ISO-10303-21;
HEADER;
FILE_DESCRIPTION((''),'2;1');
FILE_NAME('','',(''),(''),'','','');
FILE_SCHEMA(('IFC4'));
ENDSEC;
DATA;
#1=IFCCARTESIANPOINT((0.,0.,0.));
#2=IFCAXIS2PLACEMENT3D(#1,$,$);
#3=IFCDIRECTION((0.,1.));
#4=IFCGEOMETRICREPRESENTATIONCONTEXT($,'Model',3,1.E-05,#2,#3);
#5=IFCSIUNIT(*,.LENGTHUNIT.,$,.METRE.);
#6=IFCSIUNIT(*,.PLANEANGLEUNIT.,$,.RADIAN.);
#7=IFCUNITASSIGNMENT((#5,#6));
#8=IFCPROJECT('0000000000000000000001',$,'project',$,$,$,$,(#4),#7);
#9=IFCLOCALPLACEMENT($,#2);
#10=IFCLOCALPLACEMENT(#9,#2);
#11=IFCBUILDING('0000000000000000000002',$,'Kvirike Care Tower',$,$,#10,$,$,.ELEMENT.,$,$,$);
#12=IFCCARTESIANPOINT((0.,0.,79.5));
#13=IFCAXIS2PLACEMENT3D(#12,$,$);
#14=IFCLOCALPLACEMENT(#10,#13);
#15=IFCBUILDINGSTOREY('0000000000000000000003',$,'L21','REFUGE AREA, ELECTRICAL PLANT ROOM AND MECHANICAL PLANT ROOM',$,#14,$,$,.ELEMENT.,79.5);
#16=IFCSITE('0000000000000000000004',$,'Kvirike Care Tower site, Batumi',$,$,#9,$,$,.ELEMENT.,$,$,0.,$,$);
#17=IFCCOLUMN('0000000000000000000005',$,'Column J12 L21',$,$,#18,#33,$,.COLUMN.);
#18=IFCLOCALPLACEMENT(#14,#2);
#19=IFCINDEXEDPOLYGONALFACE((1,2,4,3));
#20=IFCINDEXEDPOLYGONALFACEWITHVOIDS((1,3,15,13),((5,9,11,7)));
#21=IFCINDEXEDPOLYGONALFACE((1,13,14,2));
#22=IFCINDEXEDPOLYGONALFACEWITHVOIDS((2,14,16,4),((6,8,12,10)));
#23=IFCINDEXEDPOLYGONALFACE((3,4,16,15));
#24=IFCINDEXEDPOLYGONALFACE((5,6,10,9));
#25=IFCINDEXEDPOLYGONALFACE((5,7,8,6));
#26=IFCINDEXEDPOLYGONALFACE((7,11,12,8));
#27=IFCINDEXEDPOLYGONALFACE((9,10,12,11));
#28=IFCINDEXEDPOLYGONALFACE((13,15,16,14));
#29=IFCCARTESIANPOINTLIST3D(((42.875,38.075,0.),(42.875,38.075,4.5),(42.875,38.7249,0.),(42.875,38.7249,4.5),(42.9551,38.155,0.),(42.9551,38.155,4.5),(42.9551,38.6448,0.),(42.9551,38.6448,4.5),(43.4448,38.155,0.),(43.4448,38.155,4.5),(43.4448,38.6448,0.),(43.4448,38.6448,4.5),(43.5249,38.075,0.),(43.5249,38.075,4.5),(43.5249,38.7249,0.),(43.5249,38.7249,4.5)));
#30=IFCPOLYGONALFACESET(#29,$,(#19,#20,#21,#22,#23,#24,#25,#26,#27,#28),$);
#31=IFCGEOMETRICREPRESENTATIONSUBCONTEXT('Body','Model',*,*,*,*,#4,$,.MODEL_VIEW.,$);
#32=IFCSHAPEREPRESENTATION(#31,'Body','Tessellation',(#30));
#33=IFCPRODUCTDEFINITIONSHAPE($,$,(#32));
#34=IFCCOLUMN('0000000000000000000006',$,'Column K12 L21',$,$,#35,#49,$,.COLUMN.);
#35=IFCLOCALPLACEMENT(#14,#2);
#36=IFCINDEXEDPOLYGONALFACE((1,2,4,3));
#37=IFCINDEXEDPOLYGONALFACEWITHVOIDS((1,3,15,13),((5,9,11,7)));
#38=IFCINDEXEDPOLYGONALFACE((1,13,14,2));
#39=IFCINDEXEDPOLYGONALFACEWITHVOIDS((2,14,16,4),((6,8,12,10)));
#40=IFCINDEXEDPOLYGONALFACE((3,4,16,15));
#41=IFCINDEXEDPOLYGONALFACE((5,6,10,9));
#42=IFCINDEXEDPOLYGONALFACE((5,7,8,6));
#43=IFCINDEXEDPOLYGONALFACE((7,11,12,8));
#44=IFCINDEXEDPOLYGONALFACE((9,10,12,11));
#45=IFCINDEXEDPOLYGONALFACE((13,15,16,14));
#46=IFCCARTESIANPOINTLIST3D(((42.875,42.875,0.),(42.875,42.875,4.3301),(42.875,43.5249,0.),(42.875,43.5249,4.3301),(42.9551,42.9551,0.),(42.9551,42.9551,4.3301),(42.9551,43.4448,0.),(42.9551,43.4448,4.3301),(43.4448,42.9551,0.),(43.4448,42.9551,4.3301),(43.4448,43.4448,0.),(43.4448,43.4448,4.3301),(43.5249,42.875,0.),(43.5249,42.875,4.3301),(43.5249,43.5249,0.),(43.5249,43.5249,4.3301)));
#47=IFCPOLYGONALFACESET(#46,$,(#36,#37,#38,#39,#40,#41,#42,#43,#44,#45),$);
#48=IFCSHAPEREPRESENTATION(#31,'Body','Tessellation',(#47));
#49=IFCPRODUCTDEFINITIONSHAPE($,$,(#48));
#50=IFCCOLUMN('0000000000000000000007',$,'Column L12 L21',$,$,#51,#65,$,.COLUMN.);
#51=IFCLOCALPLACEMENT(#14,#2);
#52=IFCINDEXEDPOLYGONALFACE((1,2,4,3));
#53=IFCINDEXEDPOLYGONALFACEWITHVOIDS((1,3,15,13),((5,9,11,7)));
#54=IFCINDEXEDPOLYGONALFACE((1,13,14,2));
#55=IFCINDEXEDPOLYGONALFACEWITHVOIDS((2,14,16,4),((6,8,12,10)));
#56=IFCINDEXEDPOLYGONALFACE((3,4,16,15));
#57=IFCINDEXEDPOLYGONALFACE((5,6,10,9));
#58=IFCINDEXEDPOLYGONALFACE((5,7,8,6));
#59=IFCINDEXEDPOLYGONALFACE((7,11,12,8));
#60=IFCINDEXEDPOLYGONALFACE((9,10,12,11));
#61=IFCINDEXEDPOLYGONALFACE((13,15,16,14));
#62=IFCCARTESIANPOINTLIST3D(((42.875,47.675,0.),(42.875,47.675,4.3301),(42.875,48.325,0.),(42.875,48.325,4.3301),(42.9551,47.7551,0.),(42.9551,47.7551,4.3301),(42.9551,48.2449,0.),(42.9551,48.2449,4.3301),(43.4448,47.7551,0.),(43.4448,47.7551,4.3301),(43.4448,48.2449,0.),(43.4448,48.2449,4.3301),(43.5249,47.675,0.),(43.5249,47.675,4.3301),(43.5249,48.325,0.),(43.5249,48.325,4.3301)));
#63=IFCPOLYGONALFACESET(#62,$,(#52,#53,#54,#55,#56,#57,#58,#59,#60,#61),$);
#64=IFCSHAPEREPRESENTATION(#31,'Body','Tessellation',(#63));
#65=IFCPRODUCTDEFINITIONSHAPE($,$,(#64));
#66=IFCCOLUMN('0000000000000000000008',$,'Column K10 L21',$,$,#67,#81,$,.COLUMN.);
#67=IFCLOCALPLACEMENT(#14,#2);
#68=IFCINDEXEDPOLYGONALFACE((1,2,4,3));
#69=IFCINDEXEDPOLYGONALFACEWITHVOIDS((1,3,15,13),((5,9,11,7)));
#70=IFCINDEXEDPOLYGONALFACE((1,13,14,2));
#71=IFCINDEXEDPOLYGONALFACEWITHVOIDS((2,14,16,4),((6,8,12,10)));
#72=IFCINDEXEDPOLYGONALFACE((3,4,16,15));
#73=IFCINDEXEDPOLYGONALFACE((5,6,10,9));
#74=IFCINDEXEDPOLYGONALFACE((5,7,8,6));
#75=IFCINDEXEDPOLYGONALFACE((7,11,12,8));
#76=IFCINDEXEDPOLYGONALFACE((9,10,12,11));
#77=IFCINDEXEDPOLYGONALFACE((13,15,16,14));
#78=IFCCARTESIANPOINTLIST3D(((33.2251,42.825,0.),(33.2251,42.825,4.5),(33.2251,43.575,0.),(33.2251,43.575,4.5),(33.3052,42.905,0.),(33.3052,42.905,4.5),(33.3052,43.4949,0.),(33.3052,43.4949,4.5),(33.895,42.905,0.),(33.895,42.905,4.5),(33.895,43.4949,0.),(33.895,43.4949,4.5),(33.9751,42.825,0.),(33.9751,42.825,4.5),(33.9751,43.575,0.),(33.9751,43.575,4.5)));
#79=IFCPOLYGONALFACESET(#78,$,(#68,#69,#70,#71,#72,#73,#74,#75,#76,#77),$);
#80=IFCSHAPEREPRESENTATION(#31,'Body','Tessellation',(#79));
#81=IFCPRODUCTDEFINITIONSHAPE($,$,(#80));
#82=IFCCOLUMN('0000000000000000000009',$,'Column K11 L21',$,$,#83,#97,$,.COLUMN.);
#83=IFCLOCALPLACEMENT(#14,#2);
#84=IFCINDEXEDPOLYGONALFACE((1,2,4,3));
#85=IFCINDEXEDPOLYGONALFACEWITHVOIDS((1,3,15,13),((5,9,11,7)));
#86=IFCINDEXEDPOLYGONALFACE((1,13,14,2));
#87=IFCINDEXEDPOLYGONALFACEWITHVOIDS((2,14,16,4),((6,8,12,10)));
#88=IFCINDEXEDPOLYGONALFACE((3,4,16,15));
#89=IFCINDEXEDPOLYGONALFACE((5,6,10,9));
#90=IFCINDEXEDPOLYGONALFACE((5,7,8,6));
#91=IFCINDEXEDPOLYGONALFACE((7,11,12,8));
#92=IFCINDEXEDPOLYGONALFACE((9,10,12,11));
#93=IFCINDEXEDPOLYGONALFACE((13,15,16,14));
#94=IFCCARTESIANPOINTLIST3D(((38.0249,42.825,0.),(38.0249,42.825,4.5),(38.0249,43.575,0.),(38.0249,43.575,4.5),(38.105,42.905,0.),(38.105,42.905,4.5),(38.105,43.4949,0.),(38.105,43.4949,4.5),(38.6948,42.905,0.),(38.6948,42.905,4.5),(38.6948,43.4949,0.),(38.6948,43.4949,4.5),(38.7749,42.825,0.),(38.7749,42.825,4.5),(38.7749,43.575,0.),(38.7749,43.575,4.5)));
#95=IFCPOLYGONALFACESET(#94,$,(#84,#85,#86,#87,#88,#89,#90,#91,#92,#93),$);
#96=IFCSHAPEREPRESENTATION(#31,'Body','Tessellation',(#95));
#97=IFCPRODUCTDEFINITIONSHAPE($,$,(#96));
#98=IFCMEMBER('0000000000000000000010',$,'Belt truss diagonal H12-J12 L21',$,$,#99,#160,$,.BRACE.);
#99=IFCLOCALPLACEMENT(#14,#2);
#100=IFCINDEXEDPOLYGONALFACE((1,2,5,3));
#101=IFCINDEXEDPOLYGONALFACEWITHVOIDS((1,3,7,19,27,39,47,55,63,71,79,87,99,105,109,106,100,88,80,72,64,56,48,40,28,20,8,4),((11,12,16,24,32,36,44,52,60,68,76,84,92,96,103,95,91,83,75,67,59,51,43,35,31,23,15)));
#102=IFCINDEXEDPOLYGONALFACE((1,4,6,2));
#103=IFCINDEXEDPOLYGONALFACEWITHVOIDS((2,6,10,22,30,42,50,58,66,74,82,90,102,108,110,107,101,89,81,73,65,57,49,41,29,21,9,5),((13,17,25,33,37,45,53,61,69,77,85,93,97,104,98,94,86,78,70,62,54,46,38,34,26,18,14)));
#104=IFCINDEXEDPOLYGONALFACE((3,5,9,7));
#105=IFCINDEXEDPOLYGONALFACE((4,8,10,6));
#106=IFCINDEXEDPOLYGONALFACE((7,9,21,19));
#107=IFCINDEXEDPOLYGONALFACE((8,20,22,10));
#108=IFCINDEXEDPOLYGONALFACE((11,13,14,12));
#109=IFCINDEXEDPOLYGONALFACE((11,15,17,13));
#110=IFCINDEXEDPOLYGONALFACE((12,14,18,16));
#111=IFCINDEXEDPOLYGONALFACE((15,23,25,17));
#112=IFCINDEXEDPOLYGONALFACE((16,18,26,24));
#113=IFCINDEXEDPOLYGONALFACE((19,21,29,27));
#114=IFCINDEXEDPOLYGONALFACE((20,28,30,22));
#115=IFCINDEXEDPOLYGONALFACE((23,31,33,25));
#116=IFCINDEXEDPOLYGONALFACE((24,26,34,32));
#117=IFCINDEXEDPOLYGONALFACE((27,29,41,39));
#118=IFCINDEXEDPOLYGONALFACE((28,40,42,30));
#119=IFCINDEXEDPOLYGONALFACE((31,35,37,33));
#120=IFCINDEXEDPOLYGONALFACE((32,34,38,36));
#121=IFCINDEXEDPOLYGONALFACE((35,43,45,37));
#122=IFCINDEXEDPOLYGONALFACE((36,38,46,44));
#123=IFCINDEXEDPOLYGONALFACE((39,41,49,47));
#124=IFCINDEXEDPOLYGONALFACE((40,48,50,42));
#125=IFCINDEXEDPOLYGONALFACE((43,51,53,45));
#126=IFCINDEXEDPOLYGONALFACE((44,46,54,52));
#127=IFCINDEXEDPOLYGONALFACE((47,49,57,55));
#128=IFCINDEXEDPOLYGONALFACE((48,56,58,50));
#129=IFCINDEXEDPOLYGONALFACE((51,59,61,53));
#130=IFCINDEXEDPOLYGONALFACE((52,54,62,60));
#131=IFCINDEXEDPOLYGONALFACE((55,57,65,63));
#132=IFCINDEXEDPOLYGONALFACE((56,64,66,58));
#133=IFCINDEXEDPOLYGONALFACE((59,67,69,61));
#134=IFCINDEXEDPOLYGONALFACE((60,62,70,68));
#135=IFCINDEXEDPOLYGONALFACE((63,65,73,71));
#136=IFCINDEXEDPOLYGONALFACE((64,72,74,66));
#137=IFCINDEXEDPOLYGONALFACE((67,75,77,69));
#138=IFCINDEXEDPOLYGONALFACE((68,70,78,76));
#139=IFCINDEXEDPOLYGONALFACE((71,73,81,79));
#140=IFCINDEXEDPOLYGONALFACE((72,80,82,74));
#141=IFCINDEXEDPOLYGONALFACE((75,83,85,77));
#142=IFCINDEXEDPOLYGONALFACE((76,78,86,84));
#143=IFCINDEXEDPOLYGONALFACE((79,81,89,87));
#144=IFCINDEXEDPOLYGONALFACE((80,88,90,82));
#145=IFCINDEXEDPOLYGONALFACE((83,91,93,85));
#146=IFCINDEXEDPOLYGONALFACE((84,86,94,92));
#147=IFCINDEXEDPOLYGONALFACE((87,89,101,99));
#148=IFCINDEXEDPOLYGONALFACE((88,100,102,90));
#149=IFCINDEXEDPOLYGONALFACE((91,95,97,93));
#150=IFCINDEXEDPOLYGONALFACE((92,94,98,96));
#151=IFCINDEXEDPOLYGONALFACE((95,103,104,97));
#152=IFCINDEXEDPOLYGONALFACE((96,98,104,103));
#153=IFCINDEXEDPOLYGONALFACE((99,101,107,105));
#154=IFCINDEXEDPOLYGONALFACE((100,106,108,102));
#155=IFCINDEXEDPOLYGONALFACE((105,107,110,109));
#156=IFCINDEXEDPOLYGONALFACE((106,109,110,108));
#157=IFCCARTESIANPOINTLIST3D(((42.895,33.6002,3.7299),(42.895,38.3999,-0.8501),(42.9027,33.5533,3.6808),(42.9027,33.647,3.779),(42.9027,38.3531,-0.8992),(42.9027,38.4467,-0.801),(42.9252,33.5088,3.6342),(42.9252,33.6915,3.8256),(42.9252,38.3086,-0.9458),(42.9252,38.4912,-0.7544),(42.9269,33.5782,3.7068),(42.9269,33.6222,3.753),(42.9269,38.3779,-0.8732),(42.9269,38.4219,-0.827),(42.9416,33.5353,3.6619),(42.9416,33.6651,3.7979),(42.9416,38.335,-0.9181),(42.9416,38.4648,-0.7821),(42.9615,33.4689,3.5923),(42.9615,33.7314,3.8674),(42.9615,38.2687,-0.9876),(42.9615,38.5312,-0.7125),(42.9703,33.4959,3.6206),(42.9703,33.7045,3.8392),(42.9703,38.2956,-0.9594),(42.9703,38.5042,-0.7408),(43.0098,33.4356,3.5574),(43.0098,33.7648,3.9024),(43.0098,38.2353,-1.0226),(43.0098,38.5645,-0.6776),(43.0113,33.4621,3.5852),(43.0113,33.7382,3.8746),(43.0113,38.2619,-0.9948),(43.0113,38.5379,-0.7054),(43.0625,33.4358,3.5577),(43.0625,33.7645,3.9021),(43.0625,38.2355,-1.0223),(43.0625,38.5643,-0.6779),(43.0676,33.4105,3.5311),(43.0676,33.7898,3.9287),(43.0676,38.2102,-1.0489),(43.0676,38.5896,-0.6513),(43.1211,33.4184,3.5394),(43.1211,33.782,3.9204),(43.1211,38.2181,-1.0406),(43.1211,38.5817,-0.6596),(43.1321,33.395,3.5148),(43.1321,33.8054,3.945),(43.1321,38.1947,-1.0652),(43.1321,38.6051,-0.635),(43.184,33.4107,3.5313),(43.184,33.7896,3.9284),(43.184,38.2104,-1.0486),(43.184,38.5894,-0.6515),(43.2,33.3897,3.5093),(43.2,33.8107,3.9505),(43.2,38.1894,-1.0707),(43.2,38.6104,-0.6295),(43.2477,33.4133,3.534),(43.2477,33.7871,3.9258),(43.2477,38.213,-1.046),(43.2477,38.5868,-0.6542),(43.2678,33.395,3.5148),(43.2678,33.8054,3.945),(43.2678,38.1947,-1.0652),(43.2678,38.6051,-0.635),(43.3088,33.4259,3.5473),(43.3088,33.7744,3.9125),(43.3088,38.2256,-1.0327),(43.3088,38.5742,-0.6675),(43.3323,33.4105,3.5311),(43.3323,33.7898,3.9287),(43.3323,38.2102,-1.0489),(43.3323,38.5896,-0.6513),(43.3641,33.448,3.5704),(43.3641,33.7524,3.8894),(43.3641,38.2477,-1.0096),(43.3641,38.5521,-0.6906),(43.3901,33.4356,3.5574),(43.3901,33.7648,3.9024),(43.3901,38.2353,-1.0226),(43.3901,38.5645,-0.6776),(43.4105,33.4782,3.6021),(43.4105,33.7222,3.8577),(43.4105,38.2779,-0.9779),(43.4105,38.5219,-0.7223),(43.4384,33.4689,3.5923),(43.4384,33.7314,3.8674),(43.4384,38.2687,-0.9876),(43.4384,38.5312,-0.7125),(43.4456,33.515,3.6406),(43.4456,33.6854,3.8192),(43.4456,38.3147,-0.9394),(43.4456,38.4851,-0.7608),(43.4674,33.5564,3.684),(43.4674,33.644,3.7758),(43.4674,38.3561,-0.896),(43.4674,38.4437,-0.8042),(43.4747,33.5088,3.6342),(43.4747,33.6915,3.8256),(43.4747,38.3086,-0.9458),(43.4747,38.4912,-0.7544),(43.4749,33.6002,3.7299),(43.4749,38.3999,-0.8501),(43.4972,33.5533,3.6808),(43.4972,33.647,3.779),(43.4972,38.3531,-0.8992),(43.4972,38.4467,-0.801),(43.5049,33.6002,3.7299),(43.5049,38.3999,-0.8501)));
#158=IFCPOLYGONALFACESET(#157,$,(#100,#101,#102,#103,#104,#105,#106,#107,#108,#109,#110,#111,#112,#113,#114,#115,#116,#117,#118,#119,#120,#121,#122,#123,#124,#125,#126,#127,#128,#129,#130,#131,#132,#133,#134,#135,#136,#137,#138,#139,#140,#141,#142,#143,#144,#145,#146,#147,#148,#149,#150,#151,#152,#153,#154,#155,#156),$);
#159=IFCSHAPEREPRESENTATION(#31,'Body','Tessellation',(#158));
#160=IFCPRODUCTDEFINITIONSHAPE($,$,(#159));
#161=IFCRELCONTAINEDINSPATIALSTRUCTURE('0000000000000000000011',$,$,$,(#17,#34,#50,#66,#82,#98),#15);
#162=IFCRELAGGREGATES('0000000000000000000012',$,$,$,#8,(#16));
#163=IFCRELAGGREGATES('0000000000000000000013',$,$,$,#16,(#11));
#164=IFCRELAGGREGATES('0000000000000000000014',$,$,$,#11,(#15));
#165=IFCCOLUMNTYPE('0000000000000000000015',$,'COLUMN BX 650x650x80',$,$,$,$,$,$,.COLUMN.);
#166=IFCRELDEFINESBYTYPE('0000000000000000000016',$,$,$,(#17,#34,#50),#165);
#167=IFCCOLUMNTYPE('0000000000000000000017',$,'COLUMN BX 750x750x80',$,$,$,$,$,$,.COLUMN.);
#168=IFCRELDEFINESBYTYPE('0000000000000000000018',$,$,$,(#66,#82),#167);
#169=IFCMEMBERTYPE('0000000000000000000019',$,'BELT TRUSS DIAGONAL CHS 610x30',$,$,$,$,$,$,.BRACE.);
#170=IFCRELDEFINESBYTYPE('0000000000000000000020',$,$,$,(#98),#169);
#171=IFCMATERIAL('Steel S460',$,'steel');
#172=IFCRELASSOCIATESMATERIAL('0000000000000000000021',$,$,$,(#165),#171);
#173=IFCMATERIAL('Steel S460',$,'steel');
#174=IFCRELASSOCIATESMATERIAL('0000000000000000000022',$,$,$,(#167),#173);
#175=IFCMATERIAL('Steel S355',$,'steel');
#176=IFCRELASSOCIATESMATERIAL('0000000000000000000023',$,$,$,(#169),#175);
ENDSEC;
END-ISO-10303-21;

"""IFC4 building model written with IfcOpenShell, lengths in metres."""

from ifc_helpers import new_model, si_unit, direction, frame, origin, origin_2d, place, context, subcontext, project, spatial, hollow_rectangle, hollow_circle, extrude, material, material_profile, profile_set, type_object, element, save


model = new_model("IFC4")

# Units and contexts
model_context = context("Model", 3, precision=1e-05, world=origin(), true_north=direction((0.0, 1.0)))
body_context = subcontext(model_context, "Body", "Model", "MODEL_VIEW")
ifc_project = project(units=[si_unit("LENGTHUNIT", "METRE"), si_unit("PLANEANGLEUNIT", "RADIAN")], contexts=[model_context])

# Site, building, storey
site_placement = place(None, origin())
site = spatial("IfcSite", under=ifc_project, at=site_placement, Name="Kvirike Care Tower site, Batumi", CompositionType="ELEMENT", RefElevation=0.0)
building_placement = place(site_placement, origin())
building = spatial("IfcBuilding", under=site, at=building_placement, Name="Kvirike Care Tower", CompositionType="ELEMENT")
storey_placement = place(building_placement, frame((0.0, 0.0, 79.5)))
storey = spatial("IfcBuildingStorey", under=building, at=storey_placement, Name="L21", Description="REFUGE AREA, ELECTRICAL PLANT ROOM AND MECHANICAL PLANT ROOM", CompositionType="ELEMENT", Elevation=79.5)

# Columns
ifc_material_1 = material(Name="Steel S460", Category="steel")
ifc_material_profile_1 = material_profile(ifc_material_1, hollow_rectangle(XDim=0.6499, YDim=0.6499, WallThickness=0.0801, at=origin_2d()), Name="BX 650x650x80")
ifc_profile_set_1 = profile_set([ifc_material_profile_1], Name="Steel S460")
column_type_1 = type_object("IfcColumnType", Name="COLUMN BX 650x650x80", PredefinedType="COLUMN", material=ifc_profile_set_1)
column_placement = place(storey_placement, frame((43.2, 38.3999, 0.0), z_axis=(0.0, 0.0, 1.0), x_axis=(1.0, 0.0, 0.0)))
element("IfcColumn", 1, at=column_placement, inside=storey, type_object=column_type_1, Name="Column J12 L21", PredefinedType="COLUMN", context=body_context, shape_type="SweptSolid", body=[
    extrude(hollow_rectangle(XDim=0.6499, YDim=0.6499, WallThickness=0.0801, at=origin_2d()), origin(), (0.0, 0.0, 1.0), 4.5),
])
for number, where, z_axis, x_axis, name in (
    (2, (43.2, 43.2, 0.0), (0.0, 0.0, 1.0), (0.0, 1.0, 0.0), "Column K12 L21"),
    (3, (43.2, 48.0, 0.0), (0.0, 0.0, 1.0), (1.0, 0.0, 0.0), "Column L12 L21"),
):
    element("IfcColumn", number, at=place(storey_placement, frame(where, z_axis=z_axis, x_axis=x_axis)), inside=storey, type_object=column_type_1, Name=name, PredefinedType="COLUMN", context=body_context, shape_type="SweptSolid", body=[
        extrude(hollow_rectangle(XDim=0.6499, YDim=0.6499, WallThickness=0.0801, at=origin_2d()), origin(), (0.0, 0.0, 1.0), 4.3301),
    ])
ifc_material_2 = material(Name="Steel S460", Category="steel")
ifc_material_profile_2 = material_profile(ifc_material_2, hollow_rectangle(XDim=0.75, YDim=0.75, WallThickness=0.0801, at=origin_2d()), Name="BX 750x750x80")
ifc_profile_set_2 = profile_set([ifc_material_profile_2], Name="Steel S460")
column_type_2 = type_object("IfcColumnType", Name="COLUMN BX 750x750x80", PredefinedType="COLUMN", material=ifc_profile_set_2)
for number, where, z_axis, x_axis, name in (
    (4, (33.6001, 43.2, 0.0), (0.0, 0.0, 1.0), (0.0, 1.0, 0.0), "Column K10 L21"),
    (5, (38.3999, 43.2, 0.0), (0.0, 0.0, 1.0), (0.0, 1.0, 0.0), "Column K11 L21"),
):
    element("IfcColumn", number, at=place(storey_placement, frame(where, z_axis=z_axis, x_axis=x_axis)), inside=storey, type_object=column_type_2, Name=name, PredefinedType="COLUMN", context=body_context, shape_type="SweptSolid", body=[
        extrude(hollow_rectangle(XDim=0.75, YDim=0.75, WallThickness=0.0801, at=origin_2d()), origin(), (0.0, 0.0, 1.0), 4.5),
    ])

# Member
ifc_material_3 = material(Name="Steel S355", Category="steel")
ifc_material_profile_3 = material_profile(ifc_material_3, hollow_circle(Radius=0.3049, WallThickness=0.03, at=origin_2d()), Name="CHS 610x30")
ifc_profile_set_3 = profile_set([ifc_material_profile_3], Name="Steel S355")
member_type = type_object("IfcMemberType", Name="BELT TRUSS DIAGONAL CHS 610x30", PredefinedType="BRACE", material=ifc_profile_set_3)
member_1_placement = place(storey_placement, frame((43.2, 38.3999, -0.8501), z_axis=(0.0, -0.723472, 0.690353), x_axis=(1.0, 0.0, 0.0)))
element("IfcMember", 6, at=member_1_placement, inside=storey, type_object=member_type, Name="Belt truss diagonal H12-J12 L21", PredefinedType="BRACE", context=body_context, shape_type="SweptSolid", body=[
    extrude(hollow_circle(Radius=0.3049, WallThickness=0.03, at=origin_2d()), origin(), (0.0, 0.0, 1.0), 6.6343),
])

save(model, "model.ifc")
